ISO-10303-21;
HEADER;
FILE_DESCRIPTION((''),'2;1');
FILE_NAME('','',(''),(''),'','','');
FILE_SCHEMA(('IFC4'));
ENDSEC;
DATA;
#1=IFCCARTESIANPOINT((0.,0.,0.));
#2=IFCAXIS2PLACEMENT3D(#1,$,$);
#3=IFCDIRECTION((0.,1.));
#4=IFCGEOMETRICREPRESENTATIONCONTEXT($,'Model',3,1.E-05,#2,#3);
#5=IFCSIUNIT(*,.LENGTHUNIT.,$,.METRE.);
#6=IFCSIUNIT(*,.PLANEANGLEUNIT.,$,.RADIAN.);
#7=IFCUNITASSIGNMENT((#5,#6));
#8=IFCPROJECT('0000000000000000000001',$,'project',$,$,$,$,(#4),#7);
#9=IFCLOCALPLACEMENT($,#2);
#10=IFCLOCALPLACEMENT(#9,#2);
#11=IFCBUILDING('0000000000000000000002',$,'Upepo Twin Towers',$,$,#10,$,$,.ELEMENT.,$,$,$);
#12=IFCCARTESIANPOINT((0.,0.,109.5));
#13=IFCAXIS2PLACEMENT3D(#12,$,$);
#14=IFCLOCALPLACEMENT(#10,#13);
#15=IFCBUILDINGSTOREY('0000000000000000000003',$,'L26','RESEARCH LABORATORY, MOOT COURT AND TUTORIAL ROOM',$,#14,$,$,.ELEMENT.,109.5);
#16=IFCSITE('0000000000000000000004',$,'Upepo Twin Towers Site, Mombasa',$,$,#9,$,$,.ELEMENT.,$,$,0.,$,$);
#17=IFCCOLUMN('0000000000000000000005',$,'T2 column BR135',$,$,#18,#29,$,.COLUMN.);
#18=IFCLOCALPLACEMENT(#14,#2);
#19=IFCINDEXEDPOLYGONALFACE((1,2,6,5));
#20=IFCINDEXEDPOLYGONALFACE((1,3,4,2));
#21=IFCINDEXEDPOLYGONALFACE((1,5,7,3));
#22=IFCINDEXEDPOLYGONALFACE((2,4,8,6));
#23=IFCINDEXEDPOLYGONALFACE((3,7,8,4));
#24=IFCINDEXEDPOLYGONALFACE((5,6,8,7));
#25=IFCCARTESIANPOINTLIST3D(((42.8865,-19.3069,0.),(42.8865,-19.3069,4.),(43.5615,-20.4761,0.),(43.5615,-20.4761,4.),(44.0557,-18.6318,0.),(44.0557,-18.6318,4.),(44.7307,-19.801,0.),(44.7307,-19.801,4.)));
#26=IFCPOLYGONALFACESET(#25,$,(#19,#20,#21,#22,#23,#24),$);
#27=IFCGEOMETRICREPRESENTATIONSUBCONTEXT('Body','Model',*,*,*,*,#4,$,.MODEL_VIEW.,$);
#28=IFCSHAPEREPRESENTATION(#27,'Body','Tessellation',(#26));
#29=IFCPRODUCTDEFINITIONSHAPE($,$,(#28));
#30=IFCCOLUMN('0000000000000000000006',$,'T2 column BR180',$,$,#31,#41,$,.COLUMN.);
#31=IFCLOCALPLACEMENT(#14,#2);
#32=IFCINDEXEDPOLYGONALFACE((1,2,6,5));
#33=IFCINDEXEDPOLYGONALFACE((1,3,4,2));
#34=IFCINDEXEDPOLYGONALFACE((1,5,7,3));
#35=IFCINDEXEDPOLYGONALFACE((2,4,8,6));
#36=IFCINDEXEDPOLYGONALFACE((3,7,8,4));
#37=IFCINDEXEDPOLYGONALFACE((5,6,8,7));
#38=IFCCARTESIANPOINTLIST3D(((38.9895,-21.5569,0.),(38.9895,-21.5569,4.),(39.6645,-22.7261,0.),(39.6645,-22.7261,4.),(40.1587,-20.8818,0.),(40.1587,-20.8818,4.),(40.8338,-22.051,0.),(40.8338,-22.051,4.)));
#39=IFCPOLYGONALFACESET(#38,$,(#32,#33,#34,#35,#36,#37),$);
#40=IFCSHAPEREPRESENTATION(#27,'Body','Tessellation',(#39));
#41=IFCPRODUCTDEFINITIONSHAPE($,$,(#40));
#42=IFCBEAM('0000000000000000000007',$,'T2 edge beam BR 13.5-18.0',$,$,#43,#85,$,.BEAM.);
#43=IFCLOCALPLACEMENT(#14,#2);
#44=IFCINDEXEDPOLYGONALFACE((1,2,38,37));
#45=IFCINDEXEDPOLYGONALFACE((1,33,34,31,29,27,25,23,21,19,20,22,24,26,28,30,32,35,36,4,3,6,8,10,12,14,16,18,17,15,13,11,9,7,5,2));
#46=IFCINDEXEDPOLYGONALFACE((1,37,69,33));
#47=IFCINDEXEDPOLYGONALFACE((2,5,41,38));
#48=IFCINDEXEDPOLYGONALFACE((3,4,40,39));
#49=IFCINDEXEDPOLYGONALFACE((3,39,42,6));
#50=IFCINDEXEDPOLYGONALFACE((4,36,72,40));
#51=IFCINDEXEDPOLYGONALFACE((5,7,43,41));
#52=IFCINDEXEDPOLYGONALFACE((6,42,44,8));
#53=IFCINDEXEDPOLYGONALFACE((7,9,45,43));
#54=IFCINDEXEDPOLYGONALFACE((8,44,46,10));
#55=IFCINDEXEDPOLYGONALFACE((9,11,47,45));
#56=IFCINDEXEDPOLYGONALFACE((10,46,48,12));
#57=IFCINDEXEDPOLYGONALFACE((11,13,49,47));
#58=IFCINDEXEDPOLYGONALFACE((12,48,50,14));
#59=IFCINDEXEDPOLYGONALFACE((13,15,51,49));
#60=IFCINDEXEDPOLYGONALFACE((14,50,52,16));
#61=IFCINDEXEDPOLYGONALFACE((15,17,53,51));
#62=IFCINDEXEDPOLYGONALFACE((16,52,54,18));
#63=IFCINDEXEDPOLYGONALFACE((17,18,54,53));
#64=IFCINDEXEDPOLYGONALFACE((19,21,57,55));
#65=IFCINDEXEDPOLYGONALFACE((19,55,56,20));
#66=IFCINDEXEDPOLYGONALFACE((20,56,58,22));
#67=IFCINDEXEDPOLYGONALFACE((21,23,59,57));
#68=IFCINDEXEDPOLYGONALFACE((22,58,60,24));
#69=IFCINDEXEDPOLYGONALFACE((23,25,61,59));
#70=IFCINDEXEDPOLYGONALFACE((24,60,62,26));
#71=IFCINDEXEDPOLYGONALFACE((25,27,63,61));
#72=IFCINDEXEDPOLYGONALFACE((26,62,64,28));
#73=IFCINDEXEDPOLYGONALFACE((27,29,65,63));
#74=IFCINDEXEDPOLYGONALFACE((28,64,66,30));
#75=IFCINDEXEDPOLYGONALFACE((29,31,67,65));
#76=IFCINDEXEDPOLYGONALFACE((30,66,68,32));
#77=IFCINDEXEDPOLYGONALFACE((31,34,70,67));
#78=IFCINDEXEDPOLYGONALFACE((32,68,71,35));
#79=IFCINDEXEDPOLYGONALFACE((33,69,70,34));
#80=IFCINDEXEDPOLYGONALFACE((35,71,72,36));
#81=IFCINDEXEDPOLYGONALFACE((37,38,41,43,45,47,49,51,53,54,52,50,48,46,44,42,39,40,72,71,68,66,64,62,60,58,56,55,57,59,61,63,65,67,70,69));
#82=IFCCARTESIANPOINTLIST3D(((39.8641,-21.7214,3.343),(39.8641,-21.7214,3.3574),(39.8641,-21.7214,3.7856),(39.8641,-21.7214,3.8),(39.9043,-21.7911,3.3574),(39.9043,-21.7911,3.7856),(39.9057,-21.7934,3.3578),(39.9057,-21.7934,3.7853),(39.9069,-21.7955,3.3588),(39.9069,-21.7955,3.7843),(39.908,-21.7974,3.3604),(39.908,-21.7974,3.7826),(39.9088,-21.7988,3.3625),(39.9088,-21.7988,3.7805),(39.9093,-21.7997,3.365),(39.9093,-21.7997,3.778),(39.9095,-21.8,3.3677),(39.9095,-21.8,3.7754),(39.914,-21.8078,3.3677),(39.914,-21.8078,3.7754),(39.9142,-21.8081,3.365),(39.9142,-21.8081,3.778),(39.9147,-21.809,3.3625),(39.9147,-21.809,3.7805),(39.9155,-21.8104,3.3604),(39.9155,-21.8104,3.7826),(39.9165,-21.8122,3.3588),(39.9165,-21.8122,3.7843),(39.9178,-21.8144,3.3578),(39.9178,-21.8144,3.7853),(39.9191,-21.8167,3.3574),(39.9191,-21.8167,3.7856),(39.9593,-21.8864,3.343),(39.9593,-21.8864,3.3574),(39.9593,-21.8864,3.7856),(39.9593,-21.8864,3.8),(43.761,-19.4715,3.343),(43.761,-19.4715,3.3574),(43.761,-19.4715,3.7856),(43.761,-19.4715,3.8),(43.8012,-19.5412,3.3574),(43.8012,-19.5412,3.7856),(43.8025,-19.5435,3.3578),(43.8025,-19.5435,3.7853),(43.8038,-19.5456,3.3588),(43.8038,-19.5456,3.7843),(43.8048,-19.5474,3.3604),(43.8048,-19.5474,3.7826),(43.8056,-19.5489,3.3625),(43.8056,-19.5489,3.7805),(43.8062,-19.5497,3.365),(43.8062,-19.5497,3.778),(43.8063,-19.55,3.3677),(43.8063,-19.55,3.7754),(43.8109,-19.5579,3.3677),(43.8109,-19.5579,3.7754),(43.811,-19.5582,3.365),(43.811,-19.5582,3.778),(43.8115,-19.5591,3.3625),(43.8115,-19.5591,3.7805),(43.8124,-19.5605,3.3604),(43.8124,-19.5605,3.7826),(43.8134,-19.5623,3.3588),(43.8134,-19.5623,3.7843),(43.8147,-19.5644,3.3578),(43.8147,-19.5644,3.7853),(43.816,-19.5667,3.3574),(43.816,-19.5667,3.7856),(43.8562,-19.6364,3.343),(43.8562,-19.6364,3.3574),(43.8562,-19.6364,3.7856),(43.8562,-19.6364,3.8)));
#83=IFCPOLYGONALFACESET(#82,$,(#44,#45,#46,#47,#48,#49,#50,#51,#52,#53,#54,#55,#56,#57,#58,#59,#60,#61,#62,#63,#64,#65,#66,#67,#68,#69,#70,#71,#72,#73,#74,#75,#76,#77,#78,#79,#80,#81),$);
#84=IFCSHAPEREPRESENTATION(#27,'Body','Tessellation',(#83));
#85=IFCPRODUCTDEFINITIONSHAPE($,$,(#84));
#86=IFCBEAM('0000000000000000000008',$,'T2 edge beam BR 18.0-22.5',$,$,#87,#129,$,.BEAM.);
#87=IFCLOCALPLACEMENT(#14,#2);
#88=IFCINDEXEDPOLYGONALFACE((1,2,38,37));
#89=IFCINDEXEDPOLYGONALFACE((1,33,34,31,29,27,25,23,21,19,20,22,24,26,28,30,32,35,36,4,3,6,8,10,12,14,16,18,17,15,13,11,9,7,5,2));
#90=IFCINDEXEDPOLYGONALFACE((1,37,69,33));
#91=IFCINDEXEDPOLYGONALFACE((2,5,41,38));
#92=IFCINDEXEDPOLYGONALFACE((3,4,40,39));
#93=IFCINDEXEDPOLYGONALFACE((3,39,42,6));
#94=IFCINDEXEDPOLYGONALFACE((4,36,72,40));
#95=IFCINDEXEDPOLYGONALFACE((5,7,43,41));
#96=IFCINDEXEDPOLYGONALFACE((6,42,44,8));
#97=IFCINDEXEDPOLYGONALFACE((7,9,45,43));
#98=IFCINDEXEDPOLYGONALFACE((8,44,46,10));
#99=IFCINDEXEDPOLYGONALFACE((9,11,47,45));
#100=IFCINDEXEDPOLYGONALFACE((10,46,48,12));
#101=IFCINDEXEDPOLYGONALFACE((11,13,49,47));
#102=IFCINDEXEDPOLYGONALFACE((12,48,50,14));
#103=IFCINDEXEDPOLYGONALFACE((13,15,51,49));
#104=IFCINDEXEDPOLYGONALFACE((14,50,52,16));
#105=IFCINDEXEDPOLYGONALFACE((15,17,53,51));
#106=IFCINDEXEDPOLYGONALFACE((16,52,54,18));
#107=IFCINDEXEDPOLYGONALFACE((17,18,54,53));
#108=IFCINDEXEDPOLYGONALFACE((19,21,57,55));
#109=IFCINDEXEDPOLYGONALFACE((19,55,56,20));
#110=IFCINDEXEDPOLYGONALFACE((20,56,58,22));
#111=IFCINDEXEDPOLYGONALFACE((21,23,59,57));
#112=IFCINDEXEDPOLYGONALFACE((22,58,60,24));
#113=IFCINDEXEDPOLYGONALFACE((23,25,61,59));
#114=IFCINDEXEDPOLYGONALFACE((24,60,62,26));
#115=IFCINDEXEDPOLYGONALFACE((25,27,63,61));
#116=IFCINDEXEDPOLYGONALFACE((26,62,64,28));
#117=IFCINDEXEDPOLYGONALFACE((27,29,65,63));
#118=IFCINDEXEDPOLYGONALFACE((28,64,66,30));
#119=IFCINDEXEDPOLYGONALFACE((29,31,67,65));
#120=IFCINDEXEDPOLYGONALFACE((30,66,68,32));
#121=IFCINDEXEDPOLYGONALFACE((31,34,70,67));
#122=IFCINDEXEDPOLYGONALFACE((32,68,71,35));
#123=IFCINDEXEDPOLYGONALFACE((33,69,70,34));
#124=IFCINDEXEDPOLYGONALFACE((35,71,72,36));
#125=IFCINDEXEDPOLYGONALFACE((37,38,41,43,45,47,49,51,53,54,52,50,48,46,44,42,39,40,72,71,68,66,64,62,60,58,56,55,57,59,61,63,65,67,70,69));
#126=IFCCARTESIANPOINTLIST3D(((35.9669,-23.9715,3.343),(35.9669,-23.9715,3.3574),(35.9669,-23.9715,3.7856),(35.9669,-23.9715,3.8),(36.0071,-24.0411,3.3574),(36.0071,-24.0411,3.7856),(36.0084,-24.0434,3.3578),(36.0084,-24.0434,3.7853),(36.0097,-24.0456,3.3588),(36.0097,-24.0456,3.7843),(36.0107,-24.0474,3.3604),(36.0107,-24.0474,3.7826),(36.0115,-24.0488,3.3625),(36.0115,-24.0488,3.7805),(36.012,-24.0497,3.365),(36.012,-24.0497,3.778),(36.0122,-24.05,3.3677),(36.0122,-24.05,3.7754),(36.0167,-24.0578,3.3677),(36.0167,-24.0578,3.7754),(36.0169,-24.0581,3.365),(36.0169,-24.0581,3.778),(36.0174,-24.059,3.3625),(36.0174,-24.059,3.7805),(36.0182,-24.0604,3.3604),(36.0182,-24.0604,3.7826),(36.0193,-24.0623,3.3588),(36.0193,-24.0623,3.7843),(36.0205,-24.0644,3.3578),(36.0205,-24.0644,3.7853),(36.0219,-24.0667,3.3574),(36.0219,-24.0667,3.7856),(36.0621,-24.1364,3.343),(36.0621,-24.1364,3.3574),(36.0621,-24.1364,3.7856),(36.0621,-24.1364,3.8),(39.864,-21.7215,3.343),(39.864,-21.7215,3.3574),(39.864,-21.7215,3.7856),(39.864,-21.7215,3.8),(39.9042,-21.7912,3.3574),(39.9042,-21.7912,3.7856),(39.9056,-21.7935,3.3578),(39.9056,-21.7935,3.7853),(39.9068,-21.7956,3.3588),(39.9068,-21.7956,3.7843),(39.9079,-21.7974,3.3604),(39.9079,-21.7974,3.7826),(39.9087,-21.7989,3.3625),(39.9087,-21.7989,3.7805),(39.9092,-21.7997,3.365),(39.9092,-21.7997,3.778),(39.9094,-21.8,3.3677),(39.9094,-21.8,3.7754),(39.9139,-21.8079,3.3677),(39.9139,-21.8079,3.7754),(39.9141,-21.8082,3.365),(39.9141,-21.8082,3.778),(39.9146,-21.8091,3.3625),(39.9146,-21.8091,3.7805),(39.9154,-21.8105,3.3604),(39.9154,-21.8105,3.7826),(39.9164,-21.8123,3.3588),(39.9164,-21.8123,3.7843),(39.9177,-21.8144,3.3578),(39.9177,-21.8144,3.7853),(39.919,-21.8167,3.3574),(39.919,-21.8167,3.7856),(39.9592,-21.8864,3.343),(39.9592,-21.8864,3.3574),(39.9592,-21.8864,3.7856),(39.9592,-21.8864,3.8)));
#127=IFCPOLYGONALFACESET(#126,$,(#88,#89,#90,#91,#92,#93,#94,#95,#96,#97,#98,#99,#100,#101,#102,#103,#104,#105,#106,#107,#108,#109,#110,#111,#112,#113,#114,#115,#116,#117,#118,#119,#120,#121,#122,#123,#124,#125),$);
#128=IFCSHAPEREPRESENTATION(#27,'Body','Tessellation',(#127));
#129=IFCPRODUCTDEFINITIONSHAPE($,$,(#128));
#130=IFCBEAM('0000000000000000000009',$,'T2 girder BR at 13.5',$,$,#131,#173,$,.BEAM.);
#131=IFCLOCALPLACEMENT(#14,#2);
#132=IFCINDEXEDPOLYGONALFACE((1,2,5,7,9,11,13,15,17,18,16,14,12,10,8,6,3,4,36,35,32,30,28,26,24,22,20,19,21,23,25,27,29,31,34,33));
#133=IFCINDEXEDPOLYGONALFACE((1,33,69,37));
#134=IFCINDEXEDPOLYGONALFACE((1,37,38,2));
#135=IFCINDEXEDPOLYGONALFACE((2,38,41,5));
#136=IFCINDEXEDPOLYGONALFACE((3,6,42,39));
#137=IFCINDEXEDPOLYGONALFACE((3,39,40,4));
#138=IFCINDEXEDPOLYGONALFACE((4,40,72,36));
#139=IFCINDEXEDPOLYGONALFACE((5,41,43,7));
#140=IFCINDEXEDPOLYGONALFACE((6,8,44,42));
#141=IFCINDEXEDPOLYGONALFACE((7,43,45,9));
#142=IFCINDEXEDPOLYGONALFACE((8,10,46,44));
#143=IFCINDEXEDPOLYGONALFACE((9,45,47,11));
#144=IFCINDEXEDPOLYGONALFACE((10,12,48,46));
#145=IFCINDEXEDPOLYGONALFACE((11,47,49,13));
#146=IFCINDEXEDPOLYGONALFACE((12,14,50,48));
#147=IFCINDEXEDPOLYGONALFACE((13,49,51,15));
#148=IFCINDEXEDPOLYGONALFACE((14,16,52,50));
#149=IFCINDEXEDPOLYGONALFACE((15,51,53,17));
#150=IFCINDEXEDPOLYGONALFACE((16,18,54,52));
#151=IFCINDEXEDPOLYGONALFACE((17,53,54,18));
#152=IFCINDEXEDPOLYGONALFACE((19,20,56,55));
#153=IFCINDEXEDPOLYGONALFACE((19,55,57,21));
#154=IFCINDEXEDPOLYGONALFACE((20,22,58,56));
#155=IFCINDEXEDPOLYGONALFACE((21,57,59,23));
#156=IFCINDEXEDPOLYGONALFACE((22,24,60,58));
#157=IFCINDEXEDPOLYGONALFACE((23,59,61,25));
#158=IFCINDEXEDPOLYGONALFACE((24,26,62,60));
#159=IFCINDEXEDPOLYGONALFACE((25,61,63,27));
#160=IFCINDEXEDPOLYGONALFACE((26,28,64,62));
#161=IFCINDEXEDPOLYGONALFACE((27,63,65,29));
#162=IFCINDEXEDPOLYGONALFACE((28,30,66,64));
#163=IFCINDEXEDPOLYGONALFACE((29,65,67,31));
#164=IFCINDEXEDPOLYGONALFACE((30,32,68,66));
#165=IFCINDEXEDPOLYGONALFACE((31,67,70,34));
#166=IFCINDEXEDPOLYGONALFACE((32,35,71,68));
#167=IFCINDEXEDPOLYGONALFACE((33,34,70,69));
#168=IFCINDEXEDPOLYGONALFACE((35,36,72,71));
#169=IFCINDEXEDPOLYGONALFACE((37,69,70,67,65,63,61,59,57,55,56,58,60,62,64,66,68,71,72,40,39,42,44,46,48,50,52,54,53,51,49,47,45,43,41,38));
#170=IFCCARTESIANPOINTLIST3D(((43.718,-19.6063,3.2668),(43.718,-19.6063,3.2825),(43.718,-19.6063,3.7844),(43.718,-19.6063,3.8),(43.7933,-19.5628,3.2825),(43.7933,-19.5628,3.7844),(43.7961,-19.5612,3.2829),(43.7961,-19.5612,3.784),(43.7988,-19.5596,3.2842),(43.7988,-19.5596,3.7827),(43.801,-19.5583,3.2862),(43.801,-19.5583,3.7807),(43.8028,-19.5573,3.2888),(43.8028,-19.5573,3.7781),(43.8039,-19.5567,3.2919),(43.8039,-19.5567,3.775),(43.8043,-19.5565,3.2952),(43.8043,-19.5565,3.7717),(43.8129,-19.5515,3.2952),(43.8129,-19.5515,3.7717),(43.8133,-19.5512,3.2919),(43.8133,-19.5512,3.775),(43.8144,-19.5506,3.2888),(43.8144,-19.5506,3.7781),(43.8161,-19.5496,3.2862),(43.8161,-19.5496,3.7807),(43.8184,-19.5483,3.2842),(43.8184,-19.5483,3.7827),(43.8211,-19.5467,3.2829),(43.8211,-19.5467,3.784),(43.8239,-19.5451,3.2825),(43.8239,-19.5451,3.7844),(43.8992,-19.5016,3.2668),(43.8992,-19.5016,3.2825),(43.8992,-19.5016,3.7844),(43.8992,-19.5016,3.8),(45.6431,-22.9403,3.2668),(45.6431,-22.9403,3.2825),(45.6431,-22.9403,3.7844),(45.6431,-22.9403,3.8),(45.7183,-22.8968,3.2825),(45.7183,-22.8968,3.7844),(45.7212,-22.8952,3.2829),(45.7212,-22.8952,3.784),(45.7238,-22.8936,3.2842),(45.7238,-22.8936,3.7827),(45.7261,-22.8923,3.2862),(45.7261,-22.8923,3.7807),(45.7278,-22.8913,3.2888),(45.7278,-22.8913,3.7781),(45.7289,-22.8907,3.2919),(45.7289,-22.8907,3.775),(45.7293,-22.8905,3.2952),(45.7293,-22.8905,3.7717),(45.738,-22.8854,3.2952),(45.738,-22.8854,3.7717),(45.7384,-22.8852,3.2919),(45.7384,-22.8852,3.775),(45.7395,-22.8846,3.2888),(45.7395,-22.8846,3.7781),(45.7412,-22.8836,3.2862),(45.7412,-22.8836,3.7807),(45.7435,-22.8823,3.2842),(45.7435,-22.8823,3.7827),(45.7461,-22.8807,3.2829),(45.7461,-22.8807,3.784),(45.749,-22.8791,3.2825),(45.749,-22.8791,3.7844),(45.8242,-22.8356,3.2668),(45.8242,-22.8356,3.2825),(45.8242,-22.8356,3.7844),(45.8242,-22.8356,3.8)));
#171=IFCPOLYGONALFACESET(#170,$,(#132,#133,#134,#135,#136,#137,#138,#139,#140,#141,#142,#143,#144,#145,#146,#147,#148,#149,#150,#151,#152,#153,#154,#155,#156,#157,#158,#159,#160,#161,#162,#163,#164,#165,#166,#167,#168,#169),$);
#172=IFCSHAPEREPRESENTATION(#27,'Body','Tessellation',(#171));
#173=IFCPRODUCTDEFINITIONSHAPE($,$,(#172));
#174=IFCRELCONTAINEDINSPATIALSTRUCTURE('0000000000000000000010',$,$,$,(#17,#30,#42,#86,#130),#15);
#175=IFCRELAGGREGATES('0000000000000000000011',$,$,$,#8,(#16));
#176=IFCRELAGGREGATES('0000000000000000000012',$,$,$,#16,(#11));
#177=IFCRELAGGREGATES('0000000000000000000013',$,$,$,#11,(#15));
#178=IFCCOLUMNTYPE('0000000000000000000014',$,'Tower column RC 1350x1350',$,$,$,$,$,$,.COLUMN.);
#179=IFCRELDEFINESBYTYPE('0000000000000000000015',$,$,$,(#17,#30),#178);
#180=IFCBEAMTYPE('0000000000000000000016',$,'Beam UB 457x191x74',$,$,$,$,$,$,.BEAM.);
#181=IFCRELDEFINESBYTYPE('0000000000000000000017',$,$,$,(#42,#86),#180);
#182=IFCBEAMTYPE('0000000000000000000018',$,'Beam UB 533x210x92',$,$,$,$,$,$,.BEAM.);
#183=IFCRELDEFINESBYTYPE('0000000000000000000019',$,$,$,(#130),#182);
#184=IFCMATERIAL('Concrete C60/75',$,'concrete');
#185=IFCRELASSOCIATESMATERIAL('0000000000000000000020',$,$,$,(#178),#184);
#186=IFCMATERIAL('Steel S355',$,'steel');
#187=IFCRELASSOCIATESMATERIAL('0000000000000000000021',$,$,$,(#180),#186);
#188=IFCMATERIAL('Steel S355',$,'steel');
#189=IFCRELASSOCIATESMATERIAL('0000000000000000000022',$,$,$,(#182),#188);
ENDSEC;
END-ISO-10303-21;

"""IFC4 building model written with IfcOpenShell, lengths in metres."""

from ifc_helpers import new_model, si_unit, direction, frame, origin, origin_2d, place, context, subcontext, project, spatial, rectangle, i_section, extrude, material, material_profile, profile_set, type_object, element, save


model = new_model("IFC4")

# Units and contexts
model_context = context("Model", 3, precision=1e-05, world=origin(), true_north=direction((0.0, 1.0)))
body_context = subcontext(model_context, "Body", "Model", "MODEL_VIEW")
ifc_project = project(units=[si_unit("LENGTHUNIT", "METRE"), si_unit("PLANEANGLEUNIT", "RADIAN")], contexts=[model_context])

# Site, building, storey
site_placement = place(None, origin())
site = spatial("IfcSite", under=ifc_project, at=site_placement, Name="Upepo Twin Towers Site, Mombasa", CompositionType="ELEMENT", RefElevation=0.0)
building_placement = place(site_placement, origin())
building = spatial("IfcBuilding", under=site, at=building_placement, Name="Upepo Twin Towers", CompositionType="ELEMENT")
storey_placement = place(building_placement, frame((0.0, 0.0, 109.5)))
storey = spatial("IfcBuildingStorey", under=building, at=storey_placement, Name="L26", Description="RESEARCH LABORATORY, MOOT COURT AND TUTORIAL ROOM", CompositionType="ELEMENT", Elevation=109.5)

# Columns
ifc_material_1 = material(Name="Concrete C60/75", Category="concrete")
ifc_material_profile_1 = material_profile(ifc_material_1, rectangle(XDim=1.3501, YDim=1.3501, at=origin_2d()), Name="RC 1350x1350")
ifc_profile_set_1 = profile_set([ifc_material_profile_1], Name="Concrete C60/75")
column_type = type_object("IfcColumnType", Name="Tower column RC 1350x1350", PredefinedType="COLUMN", material=ifc_profile_set_1)
for number, where, z_axis, x_axis, name in (
    (1, (43.8086, -19.554, 0.0), (0.0, 0.0, 1.0), (0.866025, 0.5, 0.0), "T2 column BR135"),
    (2, (39.9116, -21.804, 0.0), (0.0, 0.0, 1.0), (0.866025, 0.5, 0.0), "T2 column BR180"),
):
    element("IfcColumn", number, at=place(storey_placement, frame(where, z_axis=z_axis, x_axis=x_axis)), inside=storey, type_object=column_type, Name=name, PredefinedType="COLUMN", context=body_context, shape_type="SweptSolid", body=[
        extrude(rectangle(XDim=1.3501, YDim=1.3501, at=origin_2d()), origin(), (0.0, 0.0, 1.0), 4.0),
    ])

# Beams
ifc_material_2 = material(Name="Steel S355", Category="steel")
ifc_material_profile_2 = material_profile(ifc_material_2, i_section(OverallWidth=0.1904, OverallDepth=0.457, WebThickness=0.009, FlangeThickness=0.0144, FilletRadius=0.0103, at=origin_2d()), Name="UB 457x191x74")
ifc_profile_set_2 = profile_set([ifc_material_profile_2], Name="Steel S355")
beam_type_1 = type_object("IfcBeamType", Name="Beam UB 457x191x74", PredefinedType="BEAM", material=ifc_profile_set_2)
beam_1_placement = place(storey_placement, frame((43.8086, -19.554, 3.5715), z_axis=(-0.866018, -0.500014, 0.0), x_axis=(0.500014, -0.866018, 0.0)))
element("IfcBeam", 3, at=beam_1_placement, inside=storey, type_object=beam_type_1, Name="T2 edge beam BR 13.5-18.0", PredefinedType="BEAM", context=body_context, shape_type="SweptSolid", body=[
    extrude(i_section(OverallWidth=0.1904, OverallDepth=0.457, WebThickness=0.009, FlangeThickness=0.0144, FilletRadius=0.0103, at=origin_2d()), origin(), (0.0, 0.0, 1.0), 4.4998),
])
beam_2_placement = place(storey_placement, frame((39.9116, -21.804, 3.5715), z_axis=(-0.866031, -0.49999, 0.0), x_axis=(0.49999, -0.866031, 0.0)))
element("IfcBeam", 4, at=beam_2_placement, inside=storey, type_object=beam_type_1, Name="T2 edge beam BR 18.0-22.5", PredefinedType="BEAM", context=body_context, shape_type="SweptSolid", body=[
    extrude(i_section(OverallWidth=0.1904, OverallDepth=0.457, WebThickness=0.009, FlangeThickness=0.0144, FilletRadius=0.0103, at=origin_2d()), origin(), (0.0, 0.0, 1.0), 4.5),
])
ifc_material_3 = material(Name="Steel S355", Category="steel")
ifc_material_profile_3 = material_profile(ifc_material_3, i_section(OverallWidth=0.2092, OverallDepth=0.5332, WebThickness=0.01, FlangeThickness=0.0156, FilletRadius=0.0127, at=origin_2d()), Name="UB 533x210x92")
ifc_profile_set_3 = profile_set([ifc_material_profile_3], Name="Steel S355")
beam_type_2 = type_object("IfcBeamType", Name="Beam UB 533x210x92", PredefinedType="BEAM", material=ifc_profile_set_3)
beam_3_placement = place(storey_placement, frame((43.8086, -19.554, 3.5334), z_axis=(0.500034, -0.866006, 0.0), x_axis=(0.866006, 0.500034, 0.0)))
element("IfcBeam", 5, at=beam_3_placement, inside=storey, type_object=beam_type_2, Name="T2 girder BR at 13.5", PredefinedType="BEAM", context=body_context, shape_type="SweptSolid", body=[
    extrude(i_section(OverallWidth=0.2092, OverallDepth=0.5332, WebThickness=0.01, FlangeThickness=0.0156, FilletRadius=0.0127, at=origin_2d()), origin(), (0.0, 0.0, 1.0), 3.8499),
])

save(model, "model.ifc")
